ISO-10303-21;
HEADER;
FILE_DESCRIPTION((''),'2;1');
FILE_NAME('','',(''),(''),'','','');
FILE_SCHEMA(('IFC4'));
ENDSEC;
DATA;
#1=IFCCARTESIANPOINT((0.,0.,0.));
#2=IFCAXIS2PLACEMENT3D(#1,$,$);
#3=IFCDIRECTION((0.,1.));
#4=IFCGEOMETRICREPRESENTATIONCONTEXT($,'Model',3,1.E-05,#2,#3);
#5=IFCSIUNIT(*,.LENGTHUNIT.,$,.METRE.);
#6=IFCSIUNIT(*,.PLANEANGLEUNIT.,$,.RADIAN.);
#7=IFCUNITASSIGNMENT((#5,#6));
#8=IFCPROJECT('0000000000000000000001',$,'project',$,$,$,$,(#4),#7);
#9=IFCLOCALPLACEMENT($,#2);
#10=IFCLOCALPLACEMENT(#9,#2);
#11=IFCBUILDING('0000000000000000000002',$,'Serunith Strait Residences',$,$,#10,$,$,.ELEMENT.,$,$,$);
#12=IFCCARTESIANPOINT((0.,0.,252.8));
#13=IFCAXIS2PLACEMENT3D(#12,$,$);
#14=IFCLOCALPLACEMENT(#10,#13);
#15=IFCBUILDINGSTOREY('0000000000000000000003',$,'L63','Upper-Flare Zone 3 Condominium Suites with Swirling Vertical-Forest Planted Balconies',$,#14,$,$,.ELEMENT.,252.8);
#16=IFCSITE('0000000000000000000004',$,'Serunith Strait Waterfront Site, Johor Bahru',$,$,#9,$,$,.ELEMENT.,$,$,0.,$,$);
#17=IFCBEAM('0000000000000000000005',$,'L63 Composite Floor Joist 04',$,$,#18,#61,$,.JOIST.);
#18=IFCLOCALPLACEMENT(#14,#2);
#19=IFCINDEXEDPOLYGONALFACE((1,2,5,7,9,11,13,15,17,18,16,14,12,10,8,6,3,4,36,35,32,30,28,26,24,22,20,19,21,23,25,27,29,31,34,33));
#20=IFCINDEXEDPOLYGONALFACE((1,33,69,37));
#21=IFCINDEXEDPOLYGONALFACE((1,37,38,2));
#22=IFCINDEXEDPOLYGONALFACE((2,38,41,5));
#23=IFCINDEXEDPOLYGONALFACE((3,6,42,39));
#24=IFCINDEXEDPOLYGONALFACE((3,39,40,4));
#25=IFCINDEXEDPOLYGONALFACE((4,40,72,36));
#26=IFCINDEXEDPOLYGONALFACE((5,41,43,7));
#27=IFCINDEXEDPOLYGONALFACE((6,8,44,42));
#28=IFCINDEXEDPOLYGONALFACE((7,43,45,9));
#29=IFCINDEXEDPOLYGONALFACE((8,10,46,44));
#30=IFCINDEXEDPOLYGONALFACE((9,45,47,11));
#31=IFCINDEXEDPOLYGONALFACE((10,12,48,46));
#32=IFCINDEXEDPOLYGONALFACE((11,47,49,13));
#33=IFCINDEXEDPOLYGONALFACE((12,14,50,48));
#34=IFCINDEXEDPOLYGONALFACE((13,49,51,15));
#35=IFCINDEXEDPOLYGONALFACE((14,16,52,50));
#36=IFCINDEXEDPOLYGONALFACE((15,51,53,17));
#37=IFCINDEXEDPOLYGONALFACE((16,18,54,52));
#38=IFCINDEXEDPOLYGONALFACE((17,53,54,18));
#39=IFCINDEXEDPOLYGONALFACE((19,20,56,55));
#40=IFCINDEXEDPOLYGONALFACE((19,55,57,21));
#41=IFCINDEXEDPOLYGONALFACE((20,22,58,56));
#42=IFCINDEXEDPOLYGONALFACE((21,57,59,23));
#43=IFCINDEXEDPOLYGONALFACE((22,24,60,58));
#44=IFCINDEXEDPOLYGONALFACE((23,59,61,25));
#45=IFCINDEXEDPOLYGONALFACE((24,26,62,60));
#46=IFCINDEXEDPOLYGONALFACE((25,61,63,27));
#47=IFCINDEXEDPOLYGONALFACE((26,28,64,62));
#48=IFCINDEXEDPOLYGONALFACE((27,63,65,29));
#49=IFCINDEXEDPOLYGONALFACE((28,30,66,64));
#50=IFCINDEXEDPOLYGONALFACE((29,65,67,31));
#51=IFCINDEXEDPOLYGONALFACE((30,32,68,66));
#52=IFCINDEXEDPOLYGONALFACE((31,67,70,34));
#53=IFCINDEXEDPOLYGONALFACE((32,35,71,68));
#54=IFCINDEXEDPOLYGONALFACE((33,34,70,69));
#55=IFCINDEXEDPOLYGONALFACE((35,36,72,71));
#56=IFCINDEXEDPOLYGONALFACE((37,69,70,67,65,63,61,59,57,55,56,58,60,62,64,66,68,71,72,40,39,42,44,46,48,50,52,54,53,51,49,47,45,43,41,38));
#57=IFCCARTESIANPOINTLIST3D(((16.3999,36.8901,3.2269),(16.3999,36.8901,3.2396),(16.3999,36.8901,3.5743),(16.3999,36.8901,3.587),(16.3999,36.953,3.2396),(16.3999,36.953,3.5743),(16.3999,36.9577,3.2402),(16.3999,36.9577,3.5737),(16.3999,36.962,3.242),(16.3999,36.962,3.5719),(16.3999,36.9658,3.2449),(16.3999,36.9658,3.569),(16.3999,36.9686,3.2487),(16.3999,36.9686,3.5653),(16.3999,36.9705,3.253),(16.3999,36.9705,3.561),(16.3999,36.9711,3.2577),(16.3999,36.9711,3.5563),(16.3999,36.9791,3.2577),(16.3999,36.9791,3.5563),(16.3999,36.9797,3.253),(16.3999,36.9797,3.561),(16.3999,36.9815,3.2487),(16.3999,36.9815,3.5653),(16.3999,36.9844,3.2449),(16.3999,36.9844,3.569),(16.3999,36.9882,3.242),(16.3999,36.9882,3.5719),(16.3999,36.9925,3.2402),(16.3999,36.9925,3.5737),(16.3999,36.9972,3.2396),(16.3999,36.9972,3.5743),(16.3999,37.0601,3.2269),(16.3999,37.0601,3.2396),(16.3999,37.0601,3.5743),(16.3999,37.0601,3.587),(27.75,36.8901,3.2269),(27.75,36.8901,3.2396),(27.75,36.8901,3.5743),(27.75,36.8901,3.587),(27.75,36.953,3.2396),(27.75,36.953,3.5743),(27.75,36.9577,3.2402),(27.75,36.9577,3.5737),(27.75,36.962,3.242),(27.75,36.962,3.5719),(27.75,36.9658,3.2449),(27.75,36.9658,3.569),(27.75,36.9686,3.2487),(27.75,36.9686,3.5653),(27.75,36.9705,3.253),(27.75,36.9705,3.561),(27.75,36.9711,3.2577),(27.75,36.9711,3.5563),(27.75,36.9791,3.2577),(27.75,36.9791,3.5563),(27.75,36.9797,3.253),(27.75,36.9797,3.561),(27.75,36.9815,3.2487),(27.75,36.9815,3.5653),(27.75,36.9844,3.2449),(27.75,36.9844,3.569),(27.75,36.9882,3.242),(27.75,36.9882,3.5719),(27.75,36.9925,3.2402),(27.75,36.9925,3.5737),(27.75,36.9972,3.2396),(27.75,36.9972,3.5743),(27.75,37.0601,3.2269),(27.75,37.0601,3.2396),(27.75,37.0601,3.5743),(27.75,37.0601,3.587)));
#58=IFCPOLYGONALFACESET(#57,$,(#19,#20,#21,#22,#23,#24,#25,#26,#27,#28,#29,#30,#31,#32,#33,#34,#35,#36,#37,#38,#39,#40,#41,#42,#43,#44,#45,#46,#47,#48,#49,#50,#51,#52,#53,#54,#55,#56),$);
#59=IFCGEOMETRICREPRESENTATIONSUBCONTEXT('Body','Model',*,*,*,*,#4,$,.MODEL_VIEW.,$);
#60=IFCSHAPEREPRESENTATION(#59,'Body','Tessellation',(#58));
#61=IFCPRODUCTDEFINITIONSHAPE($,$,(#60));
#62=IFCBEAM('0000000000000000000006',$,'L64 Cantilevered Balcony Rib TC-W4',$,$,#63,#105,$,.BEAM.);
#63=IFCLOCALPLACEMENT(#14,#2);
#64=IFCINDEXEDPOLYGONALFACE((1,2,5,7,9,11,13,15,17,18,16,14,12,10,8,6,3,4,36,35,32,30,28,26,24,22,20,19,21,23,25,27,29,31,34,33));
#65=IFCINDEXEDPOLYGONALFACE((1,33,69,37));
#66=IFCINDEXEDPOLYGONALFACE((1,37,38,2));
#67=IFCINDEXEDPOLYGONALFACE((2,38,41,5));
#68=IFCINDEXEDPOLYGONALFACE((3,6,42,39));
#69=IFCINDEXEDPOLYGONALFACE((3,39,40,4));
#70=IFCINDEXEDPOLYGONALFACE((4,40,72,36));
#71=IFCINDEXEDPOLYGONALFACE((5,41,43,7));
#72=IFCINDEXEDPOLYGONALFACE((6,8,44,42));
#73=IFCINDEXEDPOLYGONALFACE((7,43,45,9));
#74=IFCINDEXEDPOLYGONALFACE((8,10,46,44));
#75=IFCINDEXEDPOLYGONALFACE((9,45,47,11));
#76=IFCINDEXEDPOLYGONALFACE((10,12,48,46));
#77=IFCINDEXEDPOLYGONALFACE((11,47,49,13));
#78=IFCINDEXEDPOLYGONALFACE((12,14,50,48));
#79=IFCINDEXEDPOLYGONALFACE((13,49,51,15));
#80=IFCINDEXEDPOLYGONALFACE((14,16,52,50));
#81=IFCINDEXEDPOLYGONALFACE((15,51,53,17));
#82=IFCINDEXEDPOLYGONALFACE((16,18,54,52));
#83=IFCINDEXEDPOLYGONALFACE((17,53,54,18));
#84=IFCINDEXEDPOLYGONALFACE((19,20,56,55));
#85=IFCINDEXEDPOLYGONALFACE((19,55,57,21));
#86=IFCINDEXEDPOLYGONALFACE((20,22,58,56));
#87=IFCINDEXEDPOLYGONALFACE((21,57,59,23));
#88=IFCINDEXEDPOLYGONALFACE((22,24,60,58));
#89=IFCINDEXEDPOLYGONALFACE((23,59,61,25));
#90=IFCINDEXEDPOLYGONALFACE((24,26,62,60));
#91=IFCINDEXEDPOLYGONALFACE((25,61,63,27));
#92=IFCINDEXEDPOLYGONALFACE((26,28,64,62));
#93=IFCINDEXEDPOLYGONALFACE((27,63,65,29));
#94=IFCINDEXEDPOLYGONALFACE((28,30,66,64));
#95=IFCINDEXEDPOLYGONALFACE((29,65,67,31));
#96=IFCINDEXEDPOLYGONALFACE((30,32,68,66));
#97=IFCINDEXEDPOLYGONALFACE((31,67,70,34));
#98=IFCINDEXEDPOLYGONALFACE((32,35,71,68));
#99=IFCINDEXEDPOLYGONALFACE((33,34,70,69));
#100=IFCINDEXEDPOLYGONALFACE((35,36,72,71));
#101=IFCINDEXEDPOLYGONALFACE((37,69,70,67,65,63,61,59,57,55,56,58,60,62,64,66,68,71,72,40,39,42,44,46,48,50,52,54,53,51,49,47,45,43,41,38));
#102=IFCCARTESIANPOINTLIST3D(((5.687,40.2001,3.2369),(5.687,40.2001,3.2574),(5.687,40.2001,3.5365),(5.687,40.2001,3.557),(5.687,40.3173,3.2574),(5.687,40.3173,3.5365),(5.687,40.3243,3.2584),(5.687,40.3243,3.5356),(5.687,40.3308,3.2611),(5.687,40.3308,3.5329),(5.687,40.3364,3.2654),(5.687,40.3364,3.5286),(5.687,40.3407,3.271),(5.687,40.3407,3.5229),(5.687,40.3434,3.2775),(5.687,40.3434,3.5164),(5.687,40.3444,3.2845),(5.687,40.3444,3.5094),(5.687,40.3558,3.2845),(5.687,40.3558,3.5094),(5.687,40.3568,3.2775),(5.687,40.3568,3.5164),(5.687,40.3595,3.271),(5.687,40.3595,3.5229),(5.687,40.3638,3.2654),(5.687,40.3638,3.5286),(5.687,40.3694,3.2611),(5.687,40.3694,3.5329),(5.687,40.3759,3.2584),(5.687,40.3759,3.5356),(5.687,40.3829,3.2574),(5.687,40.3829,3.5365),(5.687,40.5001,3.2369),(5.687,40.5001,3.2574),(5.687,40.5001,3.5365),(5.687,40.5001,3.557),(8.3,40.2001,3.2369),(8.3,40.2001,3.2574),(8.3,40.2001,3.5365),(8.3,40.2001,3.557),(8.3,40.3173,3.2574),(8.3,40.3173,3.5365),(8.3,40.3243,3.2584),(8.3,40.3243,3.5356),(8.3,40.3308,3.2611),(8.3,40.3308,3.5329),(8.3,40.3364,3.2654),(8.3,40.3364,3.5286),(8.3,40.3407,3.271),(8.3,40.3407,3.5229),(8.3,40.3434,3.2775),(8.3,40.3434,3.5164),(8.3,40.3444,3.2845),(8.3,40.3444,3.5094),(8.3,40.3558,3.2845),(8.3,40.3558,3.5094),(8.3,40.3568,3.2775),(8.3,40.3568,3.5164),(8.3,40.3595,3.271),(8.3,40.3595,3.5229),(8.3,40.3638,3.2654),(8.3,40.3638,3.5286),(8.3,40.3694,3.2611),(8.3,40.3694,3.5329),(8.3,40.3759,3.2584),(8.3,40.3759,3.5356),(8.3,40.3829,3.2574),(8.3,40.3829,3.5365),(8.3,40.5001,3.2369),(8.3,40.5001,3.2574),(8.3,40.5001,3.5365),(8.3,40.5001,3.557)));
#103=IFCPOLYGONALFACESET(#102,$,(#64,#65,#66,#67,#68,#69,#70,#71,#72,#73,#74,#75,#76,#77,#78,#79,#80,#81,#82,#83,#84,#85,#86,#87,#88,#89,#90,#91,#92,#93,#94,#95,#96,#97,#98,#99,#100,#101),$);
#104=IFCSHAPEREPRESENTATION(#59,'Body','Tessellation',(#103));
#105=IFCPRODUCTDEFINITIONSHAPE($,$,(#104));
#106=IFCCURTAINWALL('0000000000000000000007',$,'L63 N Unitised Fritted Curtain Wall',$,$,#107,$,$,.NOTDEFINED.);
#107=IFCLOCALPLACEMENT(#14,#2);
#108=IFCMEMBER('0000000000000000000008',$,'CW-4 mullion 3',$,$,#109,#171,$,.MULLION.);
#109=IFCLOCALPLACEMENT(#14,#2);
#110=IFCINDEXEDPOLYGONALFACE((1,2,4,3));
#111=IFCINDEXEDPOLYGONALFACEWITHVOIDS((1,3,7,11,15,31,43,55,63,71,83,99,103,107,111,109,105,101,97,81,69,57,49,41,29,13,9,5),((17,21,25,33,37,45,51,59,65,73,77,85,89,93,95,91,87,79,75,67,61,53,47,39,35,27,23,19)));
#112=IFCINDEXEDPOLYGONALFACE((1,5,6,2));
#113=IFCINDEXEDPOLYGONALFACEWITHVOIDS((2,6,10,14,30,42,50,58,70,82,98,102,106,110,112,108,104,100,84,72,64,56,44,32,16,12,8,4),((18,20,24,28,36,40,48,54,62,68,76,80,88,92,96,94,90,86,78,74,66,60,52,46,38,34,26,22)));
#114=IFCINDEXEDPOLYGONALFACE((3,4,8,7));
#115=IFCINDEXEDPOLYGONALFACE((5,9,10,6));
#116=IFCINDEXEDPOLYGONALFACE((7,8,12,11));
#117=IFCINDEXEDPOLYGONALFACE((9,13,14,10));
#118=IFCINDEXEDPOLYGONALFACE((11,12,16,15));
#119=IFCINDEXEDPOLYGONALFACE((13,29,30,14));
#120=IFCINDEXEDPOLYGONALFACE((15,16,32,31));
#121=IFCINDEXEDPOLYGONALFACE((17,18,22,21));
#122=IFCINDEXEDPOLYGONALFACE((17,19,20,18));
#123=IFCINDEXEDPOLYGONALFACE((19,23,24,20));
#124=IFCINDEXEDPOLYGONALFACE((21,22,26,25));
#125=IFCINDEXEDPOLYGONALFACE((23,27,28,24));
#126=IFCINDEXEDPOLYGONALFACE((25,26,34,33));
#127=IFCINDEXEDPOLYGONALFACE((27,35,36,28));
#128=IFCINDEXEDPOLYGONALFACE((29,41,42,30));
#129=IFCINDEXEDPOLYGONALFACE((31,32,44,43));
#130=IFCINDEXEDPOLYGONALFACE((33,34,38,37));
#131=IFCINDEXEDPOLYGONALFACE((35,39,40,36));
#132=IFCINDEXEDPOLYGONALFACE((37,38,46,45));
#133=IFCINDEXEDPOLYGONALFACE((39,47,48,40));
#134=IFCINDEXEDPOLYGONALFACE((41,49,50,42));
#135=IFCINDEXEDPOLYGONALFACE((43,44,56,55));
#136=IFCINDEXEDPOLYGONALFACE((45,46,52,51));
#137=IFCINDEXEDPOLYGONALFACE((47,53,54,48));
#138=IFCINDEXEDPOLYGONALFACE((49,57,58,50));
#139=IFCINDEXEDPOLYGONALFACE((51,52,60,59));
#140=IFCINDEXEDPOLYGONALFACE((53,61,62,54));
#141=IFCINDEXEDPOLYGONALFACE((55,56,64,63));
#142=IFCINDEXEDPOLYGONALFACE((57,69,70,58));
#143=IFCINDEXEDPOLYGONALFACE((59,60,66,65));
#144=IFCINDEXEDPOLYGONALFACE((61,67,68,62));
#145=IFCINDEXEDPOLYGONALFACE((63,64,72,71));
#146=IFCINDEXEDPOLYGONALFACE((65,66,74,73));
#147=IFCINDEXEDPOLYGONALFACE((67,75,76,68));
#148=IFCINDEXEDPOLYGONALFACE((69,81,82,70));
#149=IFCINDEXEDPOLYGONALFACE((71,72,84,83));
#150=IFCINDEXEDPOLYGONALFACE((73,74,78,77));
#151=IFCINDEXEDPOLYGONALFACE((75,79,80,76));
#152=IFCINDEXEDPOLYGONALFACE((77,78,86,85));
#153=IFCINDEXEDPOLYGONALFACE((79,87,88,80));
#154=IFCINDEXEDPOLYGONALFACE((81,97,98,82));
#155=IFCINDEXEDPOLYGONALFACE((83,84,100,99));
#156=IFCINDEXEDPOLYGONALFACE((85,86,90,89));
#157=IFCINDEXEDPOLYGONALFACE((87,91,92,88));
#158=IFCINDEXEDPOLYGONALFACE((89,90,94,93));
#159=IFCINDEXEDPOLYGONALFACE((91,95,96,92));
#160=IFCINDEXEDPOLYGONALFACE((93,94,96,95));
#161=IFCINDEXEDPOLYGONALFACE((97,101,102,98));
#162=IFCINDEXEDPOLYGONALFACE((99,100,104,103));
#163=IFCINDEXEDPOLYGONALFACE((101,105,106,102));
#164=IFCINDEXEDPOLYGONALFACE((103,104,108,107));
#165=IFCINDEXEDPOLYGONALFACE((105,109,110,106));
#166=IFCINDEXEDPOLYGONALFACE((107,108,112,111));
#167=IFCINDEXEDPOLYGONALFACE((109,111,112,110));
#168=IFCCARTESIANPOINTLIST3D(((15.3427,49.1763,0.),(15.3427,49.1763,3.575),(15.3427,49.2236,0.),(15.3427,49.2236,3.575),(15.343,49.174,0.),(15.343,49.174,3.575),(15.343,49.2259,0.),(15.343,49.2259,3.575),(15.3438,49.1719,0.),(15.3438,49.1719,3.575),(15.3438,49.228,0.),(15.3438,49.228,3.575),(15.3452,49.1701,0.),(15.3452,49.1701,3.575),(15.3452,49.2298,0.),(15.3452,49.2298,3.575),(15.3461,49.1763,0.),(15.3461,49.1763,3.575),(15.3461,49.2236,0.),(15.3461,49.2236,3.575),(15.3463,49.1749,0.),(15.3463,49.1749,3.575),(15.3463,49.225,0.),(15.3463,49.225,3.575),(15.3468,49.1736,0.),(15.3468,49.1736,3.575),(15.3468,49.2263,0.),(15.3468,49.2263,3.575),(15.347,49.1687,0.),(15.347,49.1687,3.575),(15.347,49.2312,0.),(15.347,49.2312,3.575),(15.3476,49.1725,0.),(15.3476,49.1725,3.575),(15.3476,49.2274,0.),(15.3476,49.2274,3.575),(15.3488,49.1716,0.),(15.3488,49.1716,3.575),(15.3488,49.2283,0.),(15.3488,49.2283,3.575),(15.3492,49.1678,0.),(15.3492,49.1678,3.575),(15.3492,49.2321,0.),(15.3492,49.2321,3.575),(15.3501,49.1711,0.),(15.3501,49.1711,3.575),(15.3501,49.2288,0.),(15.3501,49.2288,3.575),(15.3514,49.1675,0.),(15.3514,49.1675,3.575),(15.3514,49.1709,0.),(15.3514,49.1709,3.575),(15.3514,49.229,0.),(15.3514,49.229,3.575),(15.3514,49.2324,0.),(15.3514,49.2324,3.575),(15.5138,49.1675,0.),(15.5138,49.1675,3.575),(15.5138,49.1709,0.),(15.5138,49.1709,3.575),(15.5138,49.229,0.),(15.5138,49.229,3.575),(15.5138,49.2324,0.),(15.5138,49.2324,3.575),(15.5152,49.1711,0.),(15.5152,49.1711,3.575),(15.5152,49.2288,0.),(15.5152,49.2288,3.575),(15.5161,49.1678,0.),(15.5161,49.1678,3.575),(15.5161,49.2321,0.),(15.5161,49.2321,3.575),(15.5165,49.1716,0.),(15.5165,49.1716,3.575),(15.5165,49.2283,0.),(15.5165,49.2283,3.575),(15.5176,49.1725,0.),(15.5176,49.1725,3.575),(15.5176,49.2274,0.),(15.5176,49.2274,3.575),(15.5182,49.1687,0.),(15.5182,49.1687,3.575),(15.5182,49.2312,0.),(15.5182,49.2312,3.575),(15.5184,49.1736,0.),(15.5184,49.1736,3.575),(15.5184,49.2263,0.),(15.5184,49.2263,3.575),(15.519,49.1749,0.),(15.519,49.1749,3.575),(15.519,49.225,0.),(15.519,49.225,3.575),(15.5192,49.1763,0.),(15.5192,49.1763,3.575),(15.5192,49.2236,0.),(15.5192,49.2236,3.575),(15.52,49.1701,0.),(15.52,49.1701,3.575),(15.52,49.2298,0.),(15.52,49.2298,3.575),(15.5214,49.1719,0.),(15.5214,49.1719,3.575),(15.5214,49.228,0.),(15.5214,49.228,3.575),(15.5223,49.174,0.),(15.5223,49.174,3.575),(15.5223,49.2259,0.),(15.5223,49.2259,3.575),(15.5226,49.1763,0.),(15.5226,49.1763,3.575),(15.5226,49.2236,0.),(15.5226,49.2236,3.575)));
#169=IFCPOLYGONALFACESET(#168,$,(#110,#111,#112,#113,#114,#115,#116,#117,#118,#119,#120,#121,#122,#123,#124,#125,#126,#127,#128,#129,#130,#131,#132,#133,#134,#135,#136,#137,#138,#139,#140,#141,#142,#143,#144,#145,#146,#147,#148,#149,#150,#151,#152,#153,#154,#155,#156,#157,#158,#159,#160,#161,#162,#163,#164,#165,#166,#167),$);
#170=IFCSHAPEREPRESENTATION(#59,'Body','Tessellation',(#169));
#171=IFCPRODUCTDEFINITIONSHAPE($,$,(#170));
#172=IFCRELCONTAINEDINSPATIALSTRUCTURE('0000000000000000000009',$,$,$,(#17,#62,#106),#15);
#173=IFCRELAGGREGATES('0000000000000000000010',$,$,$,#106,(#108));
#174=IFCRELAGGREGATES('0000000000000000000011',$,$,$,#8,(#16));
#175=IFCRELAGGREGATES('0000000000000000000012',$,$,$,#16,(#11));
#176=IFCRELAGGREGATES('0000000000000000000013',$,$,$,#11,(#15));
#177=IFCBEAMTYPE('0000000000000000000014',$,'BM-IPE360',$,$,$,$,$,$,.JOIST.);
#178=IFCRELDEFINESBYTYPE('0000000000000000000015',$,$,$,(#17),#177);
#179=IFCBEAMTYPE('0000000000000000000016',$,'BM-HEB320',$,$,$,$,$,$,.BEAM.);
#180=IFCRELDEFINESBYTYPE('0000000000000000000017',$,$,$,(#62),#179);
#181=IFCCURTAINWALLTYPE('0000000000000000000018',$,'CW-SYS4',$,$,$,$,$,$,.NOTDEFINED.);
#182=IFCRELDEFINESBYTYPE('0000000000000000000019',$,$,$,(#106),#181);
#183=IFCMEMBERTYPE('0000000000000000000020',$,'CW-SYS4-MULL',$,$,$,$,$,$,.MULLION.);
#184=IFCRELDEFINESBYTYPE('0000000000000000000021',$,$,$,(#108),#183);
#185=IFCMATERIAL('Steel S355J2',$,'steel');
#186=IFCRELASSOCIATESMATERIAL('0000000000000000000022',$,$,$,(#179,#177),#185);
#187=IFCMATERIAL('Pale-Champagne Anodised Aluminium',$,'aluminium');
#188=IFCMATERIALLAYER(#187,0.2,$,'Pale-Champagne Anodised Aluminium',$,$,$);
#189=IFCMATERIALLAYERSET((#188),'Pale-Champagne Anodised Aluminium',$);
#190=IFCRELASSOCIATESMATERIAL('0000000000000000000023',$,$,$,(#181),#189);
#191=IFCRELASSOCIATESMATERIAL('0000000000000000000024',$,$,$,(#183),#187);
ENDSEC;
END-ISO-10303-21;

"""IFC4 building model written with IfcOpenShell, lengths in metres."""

from ifc_helpers import new_model, si_unit, direction, frame, origin, origin_2d, place, context, subcontext, project, spatial, hollow_rectangle, i_section, extrude, source, transform, mapped, material, layer, layer_set, material_profile, profile_set, type_object, element, aggregate, save


model = new_model("IFC4")

# Units and contexts
model_context = context("Model", 3, precision=1e-05, world=origin(), true_north=direction((0.0, 1.0)))
body_context = subcontext(model_context, "Body", "Model", "MODEL_VIEW")
ifc_project = project(units=[si_unit("LENGTHUNIT", "METRE"), si_unit("PLANEANGLEUNIT", "RADIAN")], contexts=[model_context])

# Site, building, storey
site_placement = place(None, origin())
site = spatial("IfcSite", under=ifc_project, at=site_placement, Name="Serunith Strait Waterfront Site, Johor Bahru", CompositionType="ELEMENT", RefElevation=0.0)
building_placement = place(site_placement, origin())
building = spatial("IfcBuilding", under=site, at=building_placement, Name="Serunith Strait Residences", CompositionType="ELEMENT")
storey_placement = place(building_placement, frame((0.0, 0.0, 252.8)))
storey = spatial("IfcBuildingStorey", under=building, at=storey_placement, Name="L63", Description="Upper-Flare Zone 3 Condominium Suites with Swirling Vertical-Forest Planted Balconies", CompositionType="ELEMENT", Elevation=252.8)

# Beams
ifc_material_1 = material(Name="Steel S355J2", Category="steel")
ifc_material_profile_1 = material_profile(ifc_material_1, i_section(OverallWidth=0.3, OverallDepth=0.3201, WebThickness=0.0115, FlangeThickness=0.0205, FilletRadius=0.0271, at=origin_2d()), Name="HEB 320")
ifc_profile_set_1 = profile_set([ifc_material_profile_1], Name="Steel S355J2")
beam_type_1 = type_object("IfcBeamType", Name="BM-HEB320", PredefinedType="BEAM", material=ifc_profile_set_1)
ifc_material_profile_2 = material_profile(ifc_material_1, i_section(OverallWidth=0.1699, OverallDepth=0.3601, WebThickness=0.0081, FlangeThickness=0.0127, FilletRadius=0.0181, at=origin_2d()), Name="IPE 360")
ifc_profile_set_2 = profile_set([ifc_material_profile_2], Name="Steel S355J2")
beam_type_2 = type_object("IfcBeamType", Name="BM-IPE360", PredefinedType="JOIST", material=ifc_profile_set_2)
shared_shape_1 = source(origin(), body_context, "Body", "SweptSolid", [
    extrude(i_section(OverallWidth=0.1699, OverallDepth=0.3601, WebThickness=0.0081, FlangeThickness=0.0127, FilletRadius=0.0181, at=origin_2d()), origin(), (0.0, 0.0, 1.0), 11.3501),
])
beam_1_placement = place(storey_placement, frame((16.3999, 36.9751, 3.407), z_axis=(1.0, 0.0, 0.0), x_axis=(0.0, 1.0, 0.0)))
element("IfcBeam", 1, at=beam_1_placement, inside=storey, type_object=beam_type_2, Name="L63 Composite Floor Joist 04", PredefinedType="JOIST", context=body_context, shape_type="MappedRepresentation", body=[
    mapped(shared_shape_1, transform((0.0, 0.0, 0.0), scale=1.0)),
])
shared_shape_2 = source(origin(), body_context, "Body", "SweptSolid", [
    extrude(i_section(OverallWidth=0.3, OverallDepth=0.3201, WebThickness=0.0115, FlangeThickness=0.0205, FilletRadius=0.0271, at=origin_2d()), origin(), (0.0, 0.0, 1.0), 2.613),
])
beam_2_placement = place(storey_placement, frame((8.3, 40.3501, 3.397), z_axis=(-1.0, 0.0, 0.0), x_axis=(0.0, -1.0, 0.0)))
element("IfcBeam", 2, at=beam_2_placement, inside=storey, type_object=beam_type_1, Name="L64 Cantilevered Balcony Rib TC-W4", PredefinedType="BEAM", context=body_context, shape_type="MappedRepresentation", body=[
    mapped(shared_shape_2, transform((0.0, 0.0, 0.0), scale=1.0)),
])

# Curtain wall, member
ifc_material_2 = material(Name="Pale-Champagne Anodised Aluminium", Category="aluminium")
ifc_layer_1 = layer(ifc_material_2, 0.2, Name="Pale-Champagne Anodised Aluminium")
ifc_layer_set_1 = layer_set([ifc_layer_1], Name="Pale-Champagne Anodised Aluminium")
curtain_wall_type = type_object("IfcCurtainWallType", Name="CW-SYS4", PredefinedType="NOTDEFINED", material=ifc_layer_set_1)
curtain_wall_1_placement = place(storey_placement, origin())
curtain_wall_1 = element("IfcCurtainWall", 3, at=curtain_wall_1_placement, inside=storey, type_object=curtain_wall_type, Name="L63 N Unitised Fritted Curtain Wall", PredefinedType="NOTDEFINED")
ifc_material_profile_3 = material_profile(ifc_material_2, hollow_rectangle(XDim=0.0649, YDim=0.1799, WallThickness=0.0034, InnerFilletRadius=0.0054, OuterFilletRadius=0.0088, at=origin_2d()), Name="ALU 180x65x3.5")
ifc_profile_set_3 = profile_set([ifc_material_profile_3], Name="Pale-Champagne Anodised Aluminium")
member_type_1 = type_object("IfcMemberType", Name="CW-SYS4-MULL", PredefinedType="MULLION", material=ifc_profile_set_3)
shared_shape_3 = source(origin(), body_context, "Body", "SweptSolid", [
    extrude(hollow_rectangle(XDim=0.0649, YDim=0.1799, WallThickness=0.0034, InnerFilletRadius=0.0054, OuterFilletRadius=0.0088, at=origin_2d()), origin(), (0.0, 0.0, 1.0), 3.575),
])
member_1_placement = place(storey_placement, frame((15.4326, 49.2, 0.0), z_axis=(0.0, 0.0, 1.0), x_axis=(0.0, -1.0, 0.0)))
member_1 = element("IfcMember", 4, at=member_1_placement, type_object=member_type_1, Name="CW-4 mullion 3", PredefinedType="MULLION", context=body_context, shape_type="MappedRepresentation", body=[
    mapped(shared_shape_3, transform((0.0, 0.0, 0.0), scale=1.0)),
])

aggregate(curtain_wall_1, [member_1])

save(model, "model.ifc")
